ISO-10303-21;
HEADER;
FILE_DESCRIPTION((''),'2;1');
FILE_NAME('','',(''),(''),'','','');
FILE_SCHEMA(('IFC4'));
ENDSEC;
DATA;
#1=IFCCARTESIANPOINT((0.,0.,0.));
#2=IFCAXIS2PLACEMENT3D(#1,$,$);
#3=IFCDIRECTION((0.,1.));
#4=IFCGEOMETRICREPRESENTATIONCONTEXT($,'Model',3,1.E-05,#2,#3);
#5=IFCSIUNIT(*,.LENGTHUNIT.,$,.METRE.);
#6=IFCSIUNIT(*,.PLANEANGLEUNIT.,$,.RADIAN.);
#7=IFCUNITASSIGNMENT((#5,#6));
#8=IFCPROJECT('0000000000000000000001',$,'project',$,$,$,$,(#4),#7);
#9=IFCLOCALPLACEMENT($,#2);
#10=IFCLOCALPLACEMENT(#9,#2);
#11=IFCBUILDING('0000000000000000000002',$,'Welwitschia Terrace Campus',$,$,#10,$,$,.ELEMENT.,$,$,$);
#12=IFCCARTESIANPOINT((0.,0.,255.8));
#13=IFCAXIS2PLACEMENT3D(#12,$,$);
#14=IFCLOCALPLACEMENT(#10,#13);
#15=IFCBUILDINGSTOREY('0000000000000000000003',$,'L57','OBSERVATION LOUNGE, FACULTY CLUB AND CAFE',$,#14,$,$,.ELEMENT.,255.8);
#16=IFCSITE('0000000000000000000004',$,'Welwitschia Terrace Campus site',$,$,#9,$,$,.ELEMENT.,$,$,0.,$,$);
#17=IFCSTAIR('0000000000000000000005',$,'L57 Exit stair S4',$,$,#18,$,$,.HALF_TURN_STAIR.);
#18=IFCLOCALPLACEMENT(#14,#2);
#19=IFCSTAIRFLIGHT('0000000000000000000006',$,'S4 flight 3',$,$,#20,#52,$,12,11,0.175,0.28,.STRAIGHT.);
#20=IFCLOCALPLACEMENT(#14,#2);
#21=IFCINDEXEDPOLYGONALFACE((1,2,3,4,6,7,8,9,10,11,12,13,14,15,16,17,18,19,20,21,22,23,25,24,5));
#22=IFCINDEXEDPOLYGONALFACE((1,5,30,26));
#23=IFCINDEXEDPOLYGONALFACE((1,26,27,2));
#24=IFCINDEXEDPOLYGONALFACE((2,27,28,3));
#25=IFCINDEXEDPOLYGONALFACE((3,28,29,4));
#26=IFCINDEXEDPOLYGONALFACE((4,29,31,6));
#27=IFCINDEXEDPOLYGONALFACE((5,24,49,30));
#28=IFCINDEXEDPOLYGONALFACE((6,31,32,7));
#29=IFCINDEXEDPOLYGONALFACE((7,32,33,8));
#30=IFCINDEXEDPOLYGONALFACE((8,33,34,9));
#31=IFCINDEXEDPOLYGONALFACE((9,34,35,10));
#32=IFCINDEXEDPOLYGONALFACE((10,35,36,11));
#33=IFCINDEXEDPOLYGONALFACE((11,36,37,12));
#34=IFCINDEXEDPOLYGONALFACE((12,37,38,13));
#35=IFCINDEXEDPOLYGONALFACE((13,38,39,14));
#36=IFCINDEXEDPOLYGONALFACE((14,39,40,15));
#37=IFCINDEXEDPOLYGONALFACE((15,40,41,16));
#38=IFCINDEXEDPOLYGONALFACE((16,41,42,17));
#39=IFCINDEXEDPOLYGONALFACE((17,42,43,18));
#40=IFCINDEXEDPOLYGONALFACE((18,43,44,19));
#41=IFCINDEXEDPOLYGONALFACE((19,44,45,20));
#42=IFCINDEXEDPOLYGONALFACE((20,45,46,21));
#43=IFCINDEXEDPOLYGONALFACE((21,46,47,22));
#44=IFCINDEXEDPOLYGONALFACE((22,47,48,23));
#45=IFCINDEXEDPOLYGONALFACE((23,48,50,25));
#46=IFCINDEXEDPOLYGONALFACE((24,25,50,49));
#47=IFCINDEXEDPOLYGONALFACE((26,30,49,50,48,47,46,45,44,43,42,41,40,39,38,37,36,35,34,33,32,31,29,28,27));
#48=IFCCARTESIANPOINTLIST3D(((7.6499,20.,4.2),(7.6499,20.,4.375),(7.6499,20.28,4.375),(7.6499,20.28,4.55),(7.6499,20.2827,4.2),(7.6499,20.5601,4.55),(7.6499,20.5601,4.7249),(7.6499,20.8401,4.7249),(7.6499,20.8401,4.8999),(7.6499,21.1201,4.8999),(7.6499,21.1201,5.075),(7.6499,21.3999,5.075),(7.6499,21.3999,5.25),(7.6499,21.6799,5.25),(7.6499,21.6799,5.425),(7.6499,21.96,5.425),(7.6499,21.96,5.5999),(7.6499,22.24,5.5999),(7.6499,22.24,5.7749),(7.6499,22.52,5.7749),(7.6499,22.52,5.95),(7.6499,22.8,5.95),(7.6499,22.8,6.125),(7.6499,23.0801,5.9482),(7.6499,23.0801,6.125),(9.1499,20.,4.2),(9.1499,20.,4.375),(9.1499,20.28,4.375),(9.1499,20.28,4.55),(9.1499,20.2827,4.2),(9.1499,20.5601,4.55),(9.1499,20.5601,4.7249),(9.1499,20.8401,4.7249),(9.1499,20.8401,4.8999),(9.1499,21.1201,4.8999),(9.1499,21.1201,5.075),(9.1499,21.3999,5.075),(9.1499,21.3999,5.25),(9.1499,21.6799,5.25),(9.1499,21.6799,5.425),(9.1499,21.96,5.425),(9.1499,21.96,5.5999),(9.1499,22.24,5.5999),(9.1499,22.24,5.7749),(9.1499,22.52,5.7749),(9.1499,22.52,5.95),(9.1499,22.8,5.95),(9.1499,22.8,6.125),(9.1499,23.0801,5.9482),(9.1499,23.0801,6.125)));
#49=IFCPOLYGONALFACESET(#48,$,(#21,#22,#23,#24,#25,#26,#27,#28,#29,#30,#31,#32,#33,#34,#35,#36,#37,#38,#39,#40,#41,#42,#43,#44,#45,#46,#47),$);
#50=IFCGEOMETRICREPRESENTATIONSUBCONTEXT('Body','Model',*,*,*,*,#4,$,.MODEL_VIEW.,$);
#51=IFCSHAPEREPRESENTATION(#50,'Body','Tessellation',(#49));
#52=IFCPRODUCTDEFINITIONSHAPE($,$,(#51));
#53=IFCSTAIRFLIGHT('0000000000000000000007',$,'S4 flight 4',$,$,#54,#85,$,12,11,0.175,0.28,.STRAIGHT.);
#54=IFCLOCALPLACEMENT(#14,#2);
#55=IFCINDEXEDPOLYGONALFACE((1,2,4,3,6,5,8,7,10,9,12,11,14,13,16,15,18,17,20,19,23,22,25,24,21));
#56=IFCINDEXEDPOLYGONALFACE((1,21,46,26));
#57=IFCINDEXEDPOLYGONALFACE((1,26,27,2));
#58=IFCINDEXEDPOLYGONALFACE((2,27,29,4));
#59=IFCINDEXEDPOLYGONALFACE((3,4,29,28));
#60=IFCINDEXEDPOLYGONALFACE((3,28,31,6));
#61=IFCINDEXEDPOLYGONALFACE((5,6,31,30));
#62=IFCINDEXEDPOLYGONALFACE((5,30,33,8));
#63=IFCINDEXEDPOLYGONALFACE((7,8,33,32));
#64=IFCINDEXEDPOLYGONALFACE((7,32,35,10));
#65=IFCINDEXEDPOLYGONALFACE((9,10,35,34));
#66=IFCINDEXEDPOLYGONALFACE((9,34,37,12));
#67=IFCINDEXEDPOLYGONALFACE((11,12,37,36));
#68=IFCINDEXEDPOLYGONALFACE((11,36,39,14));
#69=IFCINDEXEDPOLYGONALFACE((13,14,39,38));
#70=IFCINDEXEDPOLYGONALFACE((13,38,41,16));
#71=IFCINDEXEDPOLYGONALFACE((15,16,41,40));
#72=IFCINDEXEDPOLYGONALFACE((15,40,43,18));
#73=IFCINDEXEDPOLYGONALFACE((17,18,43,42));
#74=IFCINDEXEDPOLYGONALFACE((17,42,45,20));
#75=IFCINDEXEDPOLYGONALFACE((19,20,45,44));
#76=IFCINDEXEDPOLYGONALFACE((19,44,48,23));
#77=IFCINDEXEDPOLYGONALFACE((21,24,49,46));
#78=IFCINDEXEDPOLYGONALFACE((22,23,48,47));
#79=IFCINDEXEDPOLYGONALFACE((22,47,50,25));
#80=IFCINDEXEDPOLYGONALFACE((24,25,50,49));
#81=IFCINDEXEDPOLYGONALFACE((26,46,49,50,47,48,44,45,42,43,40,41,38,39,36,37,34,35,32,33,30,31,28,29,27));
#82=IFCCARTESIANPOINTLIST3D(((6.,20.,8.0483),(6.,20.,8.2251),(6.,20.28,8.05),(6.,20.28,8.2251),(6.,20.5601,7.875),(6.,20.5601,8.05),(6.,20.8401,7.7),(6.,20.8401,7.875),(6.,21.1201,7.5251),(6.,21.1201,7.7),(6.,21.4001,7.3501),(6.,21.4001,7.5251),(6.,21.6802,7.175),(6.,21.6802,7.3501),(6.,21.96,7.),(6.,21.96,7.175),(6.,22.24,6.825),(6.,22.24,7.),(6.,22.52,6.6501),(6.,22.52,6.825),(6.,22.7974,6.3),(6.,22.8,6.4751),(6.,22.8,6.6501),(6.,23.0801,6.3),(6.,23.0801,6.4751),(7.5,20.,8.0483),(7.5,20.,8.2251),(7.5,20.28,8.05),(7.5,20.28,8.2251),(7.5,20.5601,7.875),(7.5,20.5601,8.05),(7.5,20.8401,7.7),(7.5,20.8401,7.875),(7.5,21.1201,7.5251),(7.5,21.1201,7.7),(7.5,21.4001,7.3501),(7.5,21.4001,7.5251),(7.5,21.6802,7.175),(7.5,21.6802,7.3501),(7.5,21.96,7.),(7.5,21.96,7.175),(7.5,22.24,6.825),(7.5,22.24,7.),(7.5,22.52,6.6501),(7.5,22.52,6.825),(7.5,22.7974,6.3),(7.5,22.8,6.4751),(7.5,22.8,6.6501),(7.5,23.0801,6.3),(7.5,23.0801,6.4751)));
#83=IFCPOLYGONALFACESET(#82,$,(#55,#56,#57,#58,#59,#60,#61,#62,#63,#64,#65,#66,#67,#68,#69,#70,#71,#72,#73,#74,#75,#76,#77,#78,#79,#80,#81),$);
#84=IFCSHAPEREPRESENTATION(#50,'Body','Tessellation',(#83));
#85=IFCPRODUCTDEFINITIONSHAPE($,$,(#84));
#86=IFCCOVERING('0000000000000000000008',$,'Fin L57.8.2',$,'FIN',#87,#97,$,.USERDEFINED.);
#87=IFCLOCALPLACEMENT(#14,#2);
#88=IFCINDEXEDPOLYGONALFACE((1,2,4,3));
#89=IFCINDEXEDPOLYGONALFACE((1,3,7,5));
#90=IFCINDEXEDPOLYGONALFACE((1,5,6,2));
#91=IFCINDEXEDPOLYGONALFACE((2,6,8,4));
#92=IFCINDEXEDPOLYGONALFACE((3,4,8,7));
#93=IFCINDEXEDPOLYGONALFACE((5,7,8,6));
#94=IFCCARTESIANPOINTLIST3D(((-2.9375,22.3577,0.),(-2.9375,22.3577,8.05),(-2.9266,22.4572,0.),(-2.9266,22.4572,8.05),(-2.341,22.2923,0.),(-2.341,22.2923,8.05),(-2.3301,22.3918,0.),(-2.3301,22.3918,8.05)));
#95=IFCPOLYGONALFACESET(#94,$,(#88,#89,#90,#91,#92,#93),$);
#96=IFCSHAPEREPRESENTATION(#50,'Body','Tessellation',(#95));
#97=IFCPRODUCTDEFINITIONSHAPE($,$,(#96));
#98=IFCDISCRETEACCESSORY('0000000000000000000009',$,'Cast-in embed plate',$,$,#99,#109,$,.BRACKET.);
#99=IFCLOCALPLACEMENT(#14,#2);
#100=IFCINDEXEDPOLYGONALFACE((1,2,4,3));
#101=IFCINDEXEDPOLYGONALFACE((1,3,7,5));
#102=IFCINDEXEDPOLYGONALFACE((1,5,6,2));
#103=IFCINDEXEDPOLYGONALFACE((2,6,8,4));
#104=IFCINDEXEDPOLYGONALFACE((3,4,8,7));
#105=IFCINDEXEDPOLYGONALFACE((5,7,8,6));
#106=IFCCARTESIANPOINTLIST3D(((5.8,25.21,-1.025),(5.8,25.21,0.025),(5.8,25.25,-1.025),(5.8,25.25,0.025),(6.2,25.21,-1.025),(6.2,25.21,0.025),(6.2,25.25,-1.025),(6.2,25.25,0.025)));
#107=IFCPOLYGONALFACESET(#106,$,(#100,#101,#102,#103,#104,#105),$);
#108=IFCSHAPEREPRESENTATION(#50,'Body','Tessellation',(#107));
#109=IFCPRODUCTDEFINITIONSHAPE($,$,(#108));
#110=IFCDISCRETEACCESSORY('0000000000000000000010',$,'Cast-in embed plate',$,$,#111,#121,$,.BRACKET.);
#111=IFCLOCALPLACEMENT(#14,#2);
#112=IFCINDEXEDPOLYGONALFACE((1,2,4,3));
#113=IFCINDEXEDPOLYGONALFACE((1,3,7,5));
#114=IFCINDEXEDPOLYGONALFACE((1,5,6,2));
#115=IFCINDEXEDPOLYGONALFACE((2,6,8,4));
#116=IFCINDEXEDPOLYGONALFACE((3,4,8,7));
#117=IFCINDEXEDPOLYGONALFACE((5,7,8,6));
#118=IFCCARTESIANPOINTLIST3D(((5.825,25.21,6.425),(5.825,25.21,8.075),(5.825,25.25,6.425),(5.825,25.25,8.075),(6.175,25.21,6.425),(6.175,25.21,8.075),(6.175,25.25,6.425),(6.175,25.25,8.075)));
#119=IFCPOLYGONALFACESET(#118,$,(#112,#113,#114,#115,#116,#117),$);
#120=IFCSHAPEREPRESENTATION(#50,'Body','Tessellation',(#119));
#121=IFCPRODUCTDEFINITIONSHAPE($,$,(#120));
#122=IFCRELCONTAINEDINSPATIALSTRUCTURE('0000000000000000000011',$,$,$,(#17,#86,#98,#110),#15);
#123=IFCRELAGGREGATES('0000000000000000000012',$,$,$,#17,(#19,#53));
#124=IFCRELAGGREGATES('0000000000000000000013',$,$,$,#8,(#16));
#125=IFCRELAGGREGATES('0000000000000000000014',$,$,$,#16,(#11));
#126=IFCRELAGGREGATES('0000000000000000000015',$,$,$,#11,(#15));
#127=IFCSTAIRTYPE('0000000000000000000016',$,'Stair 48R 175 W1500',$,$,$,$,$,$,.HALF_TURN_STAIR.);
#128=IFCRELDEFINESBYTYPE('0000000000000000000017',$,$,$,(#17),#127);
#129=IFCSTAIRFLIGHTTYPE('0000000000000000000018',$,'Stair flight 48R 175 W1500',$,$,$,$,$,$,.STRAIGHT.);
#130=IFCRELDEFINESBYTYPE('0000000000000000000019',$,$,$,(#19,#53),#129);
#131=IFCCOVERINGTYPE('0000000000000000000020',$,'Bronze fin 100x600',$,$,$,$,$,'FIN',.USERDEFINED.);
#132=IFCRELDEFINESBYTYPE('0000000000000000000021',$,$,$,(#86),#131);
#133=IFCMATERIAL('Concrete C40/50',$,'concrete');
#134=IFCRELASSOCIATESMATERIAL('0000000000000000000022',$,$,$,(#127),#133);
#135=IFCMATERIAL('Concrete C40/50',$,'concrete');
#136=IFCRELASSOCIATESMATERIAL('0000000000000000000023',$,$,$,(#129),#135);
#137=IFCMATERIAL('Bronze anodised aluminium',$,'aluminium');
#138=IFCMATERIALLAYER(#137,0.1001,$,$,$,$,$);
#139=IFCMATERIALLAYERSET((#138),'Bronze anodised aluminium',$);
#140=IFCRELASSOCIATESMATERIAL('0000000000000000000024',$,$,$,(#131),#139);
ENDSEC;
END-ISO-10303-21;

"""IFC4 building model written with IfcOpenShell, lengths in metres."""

from ifc_helpers import new_model, si_unit, direction, frame, origin, origin_2d, place, context, subcontext, project, spatial, polyline, rectangle, outline, extrude, material, layer, layer_set, type_object, element, aggregate, save


model = new_model("IFC4")

# Units and contexts
model_context = context("Model", 3, precision=1e-05, world=origin(), true_north=direction((0.0, 1.0)))
body_context = subcontext(model_context, "Body", "Model", "MODEL_VIEW")
ifc_project = project(units=[si_unit("LENGTHUNIT", "METRE"), si_unit("PLANEANGLEUNIT", "RADIAN")], contexts=[model_context])

# Site, building, storey
site_placement = place(None, origin())
site = spatial("IfcSite", under=ifc_project, at=site_placement, Name="Welwitschia Terrace Campus site", CompositionType="ELEMENT", RefElevation=0.0)
building_placement = place(site_placement, origin())
building = spatial("IfcBuilding", under=site, at=building_placement, Name="Welwitschia Terrace Campus", CompositionType="ELEMENT")
storey_placement = place(building_placement, frame((0.0, 0.0, 255.8)))
storey = spatial("IfcBuildingStorey", under=building, at=storey_placement, Name="L57", Description="OBSERVATION LOUNGE, FACULTY CLUB AND CAFE", CompositionType="ELEMENT", Elevation=255.8)

# Stair, stair flights
ifc_material_1 = material(Name="Concrete C40/50", Category="concrete")
stair_type = type_object("IfcStairType", Name="Stair 48R 175 W1500", PredefinedType="HALF_TURN_STAIR", material=ifc_material_1)
stair_placement = place(storey_placement, origin())
stair = element("IfcStair", 1, at=stair_placement, inside=storey, type_object=stair_type, Name="L57 Exit stair S4", PredefinedType="HALF_TURN_STAIR")
ifc_material_2 = material(Name="Concrete C40/50", Category="concrete")
stair_flight_type = type_object("IfcStairFlightType", Name="Stair flight 48R 175 W1500", PredefinedType="STRAIGHT", material=ifc_material_2)
stair_flight_1_placement = place(storey_placement, frame((8.3999, 20.0, 4.2), z_axis=(0.0, 0.0, 1.0), x_axis=(0.0, 1.0, 0.0)))
stair_flight_1 = element("IfcStairFlight", 2, at=stair_flight_1_placement, type_object=stair_flight_type, Name="S4 flight 3", NumberOfRisers=12, NumberOfTreads=11, PredefinedType="STRAIGHT", RiserHeight=0.175, TreadLength=0.28, context=body_context, shape_type="SweptSolid", body=[
    extrude(outline(polyline([(0.0, 0.0), (0.0, 0.175), (0.28, 0.175), (0.28, 0.3501), (0.5601, 0.3501), (0.5601, 0.5249), (0.8401, 0.5249), (0.8401, 0.7), (1.1201, 0.7), (1.1201, 0.875), (1.3999, 0.875), (1.3999, 1.05), (1.6799, 1.05), (1.6799, 1.2251), (1.96, 1.2251), (1.96, 1.3999), (2.24, 1.3999), (2.24, 1.575), (2.52, 1.575), (2.52, 1.75), (2.8, 1.75), (2.8, 1.925), (3.0801, 1.925), (3.0801, 2.1001), (3.0801, 1.7483), (0.2827, 0.0), (0.0, 0.0)])), frame((0.0, 0.75, 0.0), z_axis=(0.0, -1.0, 0.0), x_axis=(1.0, 0.0, 0.0)), (0.0, 0.0, 1.0), 1.5),
])
stair_flight_2_placement = place(storey_placement, frame((6.75, 23.0801, 6.3), z_axis=(0.0, 0.0, 1.0), x_axis=(0.0, -1.0, 0.0)))
stair_flight_2 = element("IfcStairFlight", 3, at=stair_flight_2_placement, type_object=stair_flight_type, Name="S4 flight 4", NumberOfRisers=12, NumberOfTreads=11, PredefinedType="STRAIGHT", RiserHeight=0.175, TreadLength=0.28, context=body_context, shape_type="SweptSolid", body=[
    extrude(outline(polyline([(0.0, 0.0), (0.0, 0.175), (0.28, 0.175), (0.28, 0.3501), (0.5601, 0.3501), (0.5601, 0.5249), (0.8401, 0.5249), (0.8401, 0.7), (1.1201, 0.7), (1.1201, 0.875), (1.3999, 0.875), (1.3999, 1.05), (1.6799, 1.05), (1.6799, 1.2251), (1.96, 1.2251), (1.96, 1.3999), (2.24, 1.3999), (2.24, 1.575), (2.52, 1.575), (2.52, 1.75), (2.8, 1.75), (2.8, 1.925), (3.0801, 1.925), (3.0801, 2.1001), (3.0801, 1.7483), (0.2827, 0.0), (0.0, 0.0)])), frame((0.0, 0.75, 0.0), z_axis=(0.0, -1.0, 0.0), x_axis=(1.0, 0.0, 0.0)), (0.0, 0.0, 1.0), 1.5),
])
aggregate(stair, [stair_flight_1, stair_flight_2])

# Covering
ifc_material_3 = material(Name="Bronze anodised aluminium", Category="aluminium")
ifc_layer_1 = layer(ifc_material_3, 0.1001)
ifc_layer_set_1 = layer_set([ifc_layer_1], Name="Bronze anodised aluminium")
covering_type = type_object("IfcCoveringType", Name="Bronze fin 100x600", ElementType="FIN", PredefinedType="USERDEFINED", material=ifc_layer_set_1)
covering_placement = place(storey_placement, frame((-2.6338, 22.3748, 0.0), z_axis=(0.0, 0.0, 1.0), x_axis=(-0.108867, -0.994056, 0.0)))
element("IfcCovering", 4, at=covering_placement, inside=storey, type_object=covering_type, Name="Fin L57.8.2", ObjectType="FIN", PredefinedType="USERDEFINED", context=body_context, shape_type="SweptSolid", body=[
    extrude(rectangle(XDim=0.1001, YDim=0.6001, at=origin_2d()), origin(), (0.0, 0.0, 1.0), 8.05),
])

# Discrete accessories
discrete_accessory_1_placement = place(storey_placement, frame((6.0, 25.25, -0.5), z_axis=(0.0, -1.0, 0.0), x_axis=(1.0, 0.0, 0.0)))
element("IfcDiscreteAccessory", 5, at=discrete_accessory_1_placement, inside=storey, Name="Cast-in embed plate", PredefinedType="BRACKET", context=body_context, shape_type="SweptSolid", body=[
    extrude(rectangle(XDim=0.3999, YDim=1.05, at=origin_2d()), origin(), (0.0, 0.0, 1.0), 0.04),
])
discrete_accessory_2_placement = place(storey_placement, frame((6.0, 25.25, 7.25), z_axis=(0.0, -1.0, 0.0), x_axis=(1.0, 0.0, 0.0)))
element("IfcDiscreteAccessory", 6, at=discrete_accessory_2_placement, inside=storey, Name="Cast-in embed plate", PredefinedType="BRACKET", context=body_context, shape_type="SweptSolid", body=[
    extrude(rectangle(XDim=0.3501, YDim=1.6499, at=origin_2d()), origin(), (0.0, 0.0, 1.0), 0.04),
])

save(model, "model.ifc")
